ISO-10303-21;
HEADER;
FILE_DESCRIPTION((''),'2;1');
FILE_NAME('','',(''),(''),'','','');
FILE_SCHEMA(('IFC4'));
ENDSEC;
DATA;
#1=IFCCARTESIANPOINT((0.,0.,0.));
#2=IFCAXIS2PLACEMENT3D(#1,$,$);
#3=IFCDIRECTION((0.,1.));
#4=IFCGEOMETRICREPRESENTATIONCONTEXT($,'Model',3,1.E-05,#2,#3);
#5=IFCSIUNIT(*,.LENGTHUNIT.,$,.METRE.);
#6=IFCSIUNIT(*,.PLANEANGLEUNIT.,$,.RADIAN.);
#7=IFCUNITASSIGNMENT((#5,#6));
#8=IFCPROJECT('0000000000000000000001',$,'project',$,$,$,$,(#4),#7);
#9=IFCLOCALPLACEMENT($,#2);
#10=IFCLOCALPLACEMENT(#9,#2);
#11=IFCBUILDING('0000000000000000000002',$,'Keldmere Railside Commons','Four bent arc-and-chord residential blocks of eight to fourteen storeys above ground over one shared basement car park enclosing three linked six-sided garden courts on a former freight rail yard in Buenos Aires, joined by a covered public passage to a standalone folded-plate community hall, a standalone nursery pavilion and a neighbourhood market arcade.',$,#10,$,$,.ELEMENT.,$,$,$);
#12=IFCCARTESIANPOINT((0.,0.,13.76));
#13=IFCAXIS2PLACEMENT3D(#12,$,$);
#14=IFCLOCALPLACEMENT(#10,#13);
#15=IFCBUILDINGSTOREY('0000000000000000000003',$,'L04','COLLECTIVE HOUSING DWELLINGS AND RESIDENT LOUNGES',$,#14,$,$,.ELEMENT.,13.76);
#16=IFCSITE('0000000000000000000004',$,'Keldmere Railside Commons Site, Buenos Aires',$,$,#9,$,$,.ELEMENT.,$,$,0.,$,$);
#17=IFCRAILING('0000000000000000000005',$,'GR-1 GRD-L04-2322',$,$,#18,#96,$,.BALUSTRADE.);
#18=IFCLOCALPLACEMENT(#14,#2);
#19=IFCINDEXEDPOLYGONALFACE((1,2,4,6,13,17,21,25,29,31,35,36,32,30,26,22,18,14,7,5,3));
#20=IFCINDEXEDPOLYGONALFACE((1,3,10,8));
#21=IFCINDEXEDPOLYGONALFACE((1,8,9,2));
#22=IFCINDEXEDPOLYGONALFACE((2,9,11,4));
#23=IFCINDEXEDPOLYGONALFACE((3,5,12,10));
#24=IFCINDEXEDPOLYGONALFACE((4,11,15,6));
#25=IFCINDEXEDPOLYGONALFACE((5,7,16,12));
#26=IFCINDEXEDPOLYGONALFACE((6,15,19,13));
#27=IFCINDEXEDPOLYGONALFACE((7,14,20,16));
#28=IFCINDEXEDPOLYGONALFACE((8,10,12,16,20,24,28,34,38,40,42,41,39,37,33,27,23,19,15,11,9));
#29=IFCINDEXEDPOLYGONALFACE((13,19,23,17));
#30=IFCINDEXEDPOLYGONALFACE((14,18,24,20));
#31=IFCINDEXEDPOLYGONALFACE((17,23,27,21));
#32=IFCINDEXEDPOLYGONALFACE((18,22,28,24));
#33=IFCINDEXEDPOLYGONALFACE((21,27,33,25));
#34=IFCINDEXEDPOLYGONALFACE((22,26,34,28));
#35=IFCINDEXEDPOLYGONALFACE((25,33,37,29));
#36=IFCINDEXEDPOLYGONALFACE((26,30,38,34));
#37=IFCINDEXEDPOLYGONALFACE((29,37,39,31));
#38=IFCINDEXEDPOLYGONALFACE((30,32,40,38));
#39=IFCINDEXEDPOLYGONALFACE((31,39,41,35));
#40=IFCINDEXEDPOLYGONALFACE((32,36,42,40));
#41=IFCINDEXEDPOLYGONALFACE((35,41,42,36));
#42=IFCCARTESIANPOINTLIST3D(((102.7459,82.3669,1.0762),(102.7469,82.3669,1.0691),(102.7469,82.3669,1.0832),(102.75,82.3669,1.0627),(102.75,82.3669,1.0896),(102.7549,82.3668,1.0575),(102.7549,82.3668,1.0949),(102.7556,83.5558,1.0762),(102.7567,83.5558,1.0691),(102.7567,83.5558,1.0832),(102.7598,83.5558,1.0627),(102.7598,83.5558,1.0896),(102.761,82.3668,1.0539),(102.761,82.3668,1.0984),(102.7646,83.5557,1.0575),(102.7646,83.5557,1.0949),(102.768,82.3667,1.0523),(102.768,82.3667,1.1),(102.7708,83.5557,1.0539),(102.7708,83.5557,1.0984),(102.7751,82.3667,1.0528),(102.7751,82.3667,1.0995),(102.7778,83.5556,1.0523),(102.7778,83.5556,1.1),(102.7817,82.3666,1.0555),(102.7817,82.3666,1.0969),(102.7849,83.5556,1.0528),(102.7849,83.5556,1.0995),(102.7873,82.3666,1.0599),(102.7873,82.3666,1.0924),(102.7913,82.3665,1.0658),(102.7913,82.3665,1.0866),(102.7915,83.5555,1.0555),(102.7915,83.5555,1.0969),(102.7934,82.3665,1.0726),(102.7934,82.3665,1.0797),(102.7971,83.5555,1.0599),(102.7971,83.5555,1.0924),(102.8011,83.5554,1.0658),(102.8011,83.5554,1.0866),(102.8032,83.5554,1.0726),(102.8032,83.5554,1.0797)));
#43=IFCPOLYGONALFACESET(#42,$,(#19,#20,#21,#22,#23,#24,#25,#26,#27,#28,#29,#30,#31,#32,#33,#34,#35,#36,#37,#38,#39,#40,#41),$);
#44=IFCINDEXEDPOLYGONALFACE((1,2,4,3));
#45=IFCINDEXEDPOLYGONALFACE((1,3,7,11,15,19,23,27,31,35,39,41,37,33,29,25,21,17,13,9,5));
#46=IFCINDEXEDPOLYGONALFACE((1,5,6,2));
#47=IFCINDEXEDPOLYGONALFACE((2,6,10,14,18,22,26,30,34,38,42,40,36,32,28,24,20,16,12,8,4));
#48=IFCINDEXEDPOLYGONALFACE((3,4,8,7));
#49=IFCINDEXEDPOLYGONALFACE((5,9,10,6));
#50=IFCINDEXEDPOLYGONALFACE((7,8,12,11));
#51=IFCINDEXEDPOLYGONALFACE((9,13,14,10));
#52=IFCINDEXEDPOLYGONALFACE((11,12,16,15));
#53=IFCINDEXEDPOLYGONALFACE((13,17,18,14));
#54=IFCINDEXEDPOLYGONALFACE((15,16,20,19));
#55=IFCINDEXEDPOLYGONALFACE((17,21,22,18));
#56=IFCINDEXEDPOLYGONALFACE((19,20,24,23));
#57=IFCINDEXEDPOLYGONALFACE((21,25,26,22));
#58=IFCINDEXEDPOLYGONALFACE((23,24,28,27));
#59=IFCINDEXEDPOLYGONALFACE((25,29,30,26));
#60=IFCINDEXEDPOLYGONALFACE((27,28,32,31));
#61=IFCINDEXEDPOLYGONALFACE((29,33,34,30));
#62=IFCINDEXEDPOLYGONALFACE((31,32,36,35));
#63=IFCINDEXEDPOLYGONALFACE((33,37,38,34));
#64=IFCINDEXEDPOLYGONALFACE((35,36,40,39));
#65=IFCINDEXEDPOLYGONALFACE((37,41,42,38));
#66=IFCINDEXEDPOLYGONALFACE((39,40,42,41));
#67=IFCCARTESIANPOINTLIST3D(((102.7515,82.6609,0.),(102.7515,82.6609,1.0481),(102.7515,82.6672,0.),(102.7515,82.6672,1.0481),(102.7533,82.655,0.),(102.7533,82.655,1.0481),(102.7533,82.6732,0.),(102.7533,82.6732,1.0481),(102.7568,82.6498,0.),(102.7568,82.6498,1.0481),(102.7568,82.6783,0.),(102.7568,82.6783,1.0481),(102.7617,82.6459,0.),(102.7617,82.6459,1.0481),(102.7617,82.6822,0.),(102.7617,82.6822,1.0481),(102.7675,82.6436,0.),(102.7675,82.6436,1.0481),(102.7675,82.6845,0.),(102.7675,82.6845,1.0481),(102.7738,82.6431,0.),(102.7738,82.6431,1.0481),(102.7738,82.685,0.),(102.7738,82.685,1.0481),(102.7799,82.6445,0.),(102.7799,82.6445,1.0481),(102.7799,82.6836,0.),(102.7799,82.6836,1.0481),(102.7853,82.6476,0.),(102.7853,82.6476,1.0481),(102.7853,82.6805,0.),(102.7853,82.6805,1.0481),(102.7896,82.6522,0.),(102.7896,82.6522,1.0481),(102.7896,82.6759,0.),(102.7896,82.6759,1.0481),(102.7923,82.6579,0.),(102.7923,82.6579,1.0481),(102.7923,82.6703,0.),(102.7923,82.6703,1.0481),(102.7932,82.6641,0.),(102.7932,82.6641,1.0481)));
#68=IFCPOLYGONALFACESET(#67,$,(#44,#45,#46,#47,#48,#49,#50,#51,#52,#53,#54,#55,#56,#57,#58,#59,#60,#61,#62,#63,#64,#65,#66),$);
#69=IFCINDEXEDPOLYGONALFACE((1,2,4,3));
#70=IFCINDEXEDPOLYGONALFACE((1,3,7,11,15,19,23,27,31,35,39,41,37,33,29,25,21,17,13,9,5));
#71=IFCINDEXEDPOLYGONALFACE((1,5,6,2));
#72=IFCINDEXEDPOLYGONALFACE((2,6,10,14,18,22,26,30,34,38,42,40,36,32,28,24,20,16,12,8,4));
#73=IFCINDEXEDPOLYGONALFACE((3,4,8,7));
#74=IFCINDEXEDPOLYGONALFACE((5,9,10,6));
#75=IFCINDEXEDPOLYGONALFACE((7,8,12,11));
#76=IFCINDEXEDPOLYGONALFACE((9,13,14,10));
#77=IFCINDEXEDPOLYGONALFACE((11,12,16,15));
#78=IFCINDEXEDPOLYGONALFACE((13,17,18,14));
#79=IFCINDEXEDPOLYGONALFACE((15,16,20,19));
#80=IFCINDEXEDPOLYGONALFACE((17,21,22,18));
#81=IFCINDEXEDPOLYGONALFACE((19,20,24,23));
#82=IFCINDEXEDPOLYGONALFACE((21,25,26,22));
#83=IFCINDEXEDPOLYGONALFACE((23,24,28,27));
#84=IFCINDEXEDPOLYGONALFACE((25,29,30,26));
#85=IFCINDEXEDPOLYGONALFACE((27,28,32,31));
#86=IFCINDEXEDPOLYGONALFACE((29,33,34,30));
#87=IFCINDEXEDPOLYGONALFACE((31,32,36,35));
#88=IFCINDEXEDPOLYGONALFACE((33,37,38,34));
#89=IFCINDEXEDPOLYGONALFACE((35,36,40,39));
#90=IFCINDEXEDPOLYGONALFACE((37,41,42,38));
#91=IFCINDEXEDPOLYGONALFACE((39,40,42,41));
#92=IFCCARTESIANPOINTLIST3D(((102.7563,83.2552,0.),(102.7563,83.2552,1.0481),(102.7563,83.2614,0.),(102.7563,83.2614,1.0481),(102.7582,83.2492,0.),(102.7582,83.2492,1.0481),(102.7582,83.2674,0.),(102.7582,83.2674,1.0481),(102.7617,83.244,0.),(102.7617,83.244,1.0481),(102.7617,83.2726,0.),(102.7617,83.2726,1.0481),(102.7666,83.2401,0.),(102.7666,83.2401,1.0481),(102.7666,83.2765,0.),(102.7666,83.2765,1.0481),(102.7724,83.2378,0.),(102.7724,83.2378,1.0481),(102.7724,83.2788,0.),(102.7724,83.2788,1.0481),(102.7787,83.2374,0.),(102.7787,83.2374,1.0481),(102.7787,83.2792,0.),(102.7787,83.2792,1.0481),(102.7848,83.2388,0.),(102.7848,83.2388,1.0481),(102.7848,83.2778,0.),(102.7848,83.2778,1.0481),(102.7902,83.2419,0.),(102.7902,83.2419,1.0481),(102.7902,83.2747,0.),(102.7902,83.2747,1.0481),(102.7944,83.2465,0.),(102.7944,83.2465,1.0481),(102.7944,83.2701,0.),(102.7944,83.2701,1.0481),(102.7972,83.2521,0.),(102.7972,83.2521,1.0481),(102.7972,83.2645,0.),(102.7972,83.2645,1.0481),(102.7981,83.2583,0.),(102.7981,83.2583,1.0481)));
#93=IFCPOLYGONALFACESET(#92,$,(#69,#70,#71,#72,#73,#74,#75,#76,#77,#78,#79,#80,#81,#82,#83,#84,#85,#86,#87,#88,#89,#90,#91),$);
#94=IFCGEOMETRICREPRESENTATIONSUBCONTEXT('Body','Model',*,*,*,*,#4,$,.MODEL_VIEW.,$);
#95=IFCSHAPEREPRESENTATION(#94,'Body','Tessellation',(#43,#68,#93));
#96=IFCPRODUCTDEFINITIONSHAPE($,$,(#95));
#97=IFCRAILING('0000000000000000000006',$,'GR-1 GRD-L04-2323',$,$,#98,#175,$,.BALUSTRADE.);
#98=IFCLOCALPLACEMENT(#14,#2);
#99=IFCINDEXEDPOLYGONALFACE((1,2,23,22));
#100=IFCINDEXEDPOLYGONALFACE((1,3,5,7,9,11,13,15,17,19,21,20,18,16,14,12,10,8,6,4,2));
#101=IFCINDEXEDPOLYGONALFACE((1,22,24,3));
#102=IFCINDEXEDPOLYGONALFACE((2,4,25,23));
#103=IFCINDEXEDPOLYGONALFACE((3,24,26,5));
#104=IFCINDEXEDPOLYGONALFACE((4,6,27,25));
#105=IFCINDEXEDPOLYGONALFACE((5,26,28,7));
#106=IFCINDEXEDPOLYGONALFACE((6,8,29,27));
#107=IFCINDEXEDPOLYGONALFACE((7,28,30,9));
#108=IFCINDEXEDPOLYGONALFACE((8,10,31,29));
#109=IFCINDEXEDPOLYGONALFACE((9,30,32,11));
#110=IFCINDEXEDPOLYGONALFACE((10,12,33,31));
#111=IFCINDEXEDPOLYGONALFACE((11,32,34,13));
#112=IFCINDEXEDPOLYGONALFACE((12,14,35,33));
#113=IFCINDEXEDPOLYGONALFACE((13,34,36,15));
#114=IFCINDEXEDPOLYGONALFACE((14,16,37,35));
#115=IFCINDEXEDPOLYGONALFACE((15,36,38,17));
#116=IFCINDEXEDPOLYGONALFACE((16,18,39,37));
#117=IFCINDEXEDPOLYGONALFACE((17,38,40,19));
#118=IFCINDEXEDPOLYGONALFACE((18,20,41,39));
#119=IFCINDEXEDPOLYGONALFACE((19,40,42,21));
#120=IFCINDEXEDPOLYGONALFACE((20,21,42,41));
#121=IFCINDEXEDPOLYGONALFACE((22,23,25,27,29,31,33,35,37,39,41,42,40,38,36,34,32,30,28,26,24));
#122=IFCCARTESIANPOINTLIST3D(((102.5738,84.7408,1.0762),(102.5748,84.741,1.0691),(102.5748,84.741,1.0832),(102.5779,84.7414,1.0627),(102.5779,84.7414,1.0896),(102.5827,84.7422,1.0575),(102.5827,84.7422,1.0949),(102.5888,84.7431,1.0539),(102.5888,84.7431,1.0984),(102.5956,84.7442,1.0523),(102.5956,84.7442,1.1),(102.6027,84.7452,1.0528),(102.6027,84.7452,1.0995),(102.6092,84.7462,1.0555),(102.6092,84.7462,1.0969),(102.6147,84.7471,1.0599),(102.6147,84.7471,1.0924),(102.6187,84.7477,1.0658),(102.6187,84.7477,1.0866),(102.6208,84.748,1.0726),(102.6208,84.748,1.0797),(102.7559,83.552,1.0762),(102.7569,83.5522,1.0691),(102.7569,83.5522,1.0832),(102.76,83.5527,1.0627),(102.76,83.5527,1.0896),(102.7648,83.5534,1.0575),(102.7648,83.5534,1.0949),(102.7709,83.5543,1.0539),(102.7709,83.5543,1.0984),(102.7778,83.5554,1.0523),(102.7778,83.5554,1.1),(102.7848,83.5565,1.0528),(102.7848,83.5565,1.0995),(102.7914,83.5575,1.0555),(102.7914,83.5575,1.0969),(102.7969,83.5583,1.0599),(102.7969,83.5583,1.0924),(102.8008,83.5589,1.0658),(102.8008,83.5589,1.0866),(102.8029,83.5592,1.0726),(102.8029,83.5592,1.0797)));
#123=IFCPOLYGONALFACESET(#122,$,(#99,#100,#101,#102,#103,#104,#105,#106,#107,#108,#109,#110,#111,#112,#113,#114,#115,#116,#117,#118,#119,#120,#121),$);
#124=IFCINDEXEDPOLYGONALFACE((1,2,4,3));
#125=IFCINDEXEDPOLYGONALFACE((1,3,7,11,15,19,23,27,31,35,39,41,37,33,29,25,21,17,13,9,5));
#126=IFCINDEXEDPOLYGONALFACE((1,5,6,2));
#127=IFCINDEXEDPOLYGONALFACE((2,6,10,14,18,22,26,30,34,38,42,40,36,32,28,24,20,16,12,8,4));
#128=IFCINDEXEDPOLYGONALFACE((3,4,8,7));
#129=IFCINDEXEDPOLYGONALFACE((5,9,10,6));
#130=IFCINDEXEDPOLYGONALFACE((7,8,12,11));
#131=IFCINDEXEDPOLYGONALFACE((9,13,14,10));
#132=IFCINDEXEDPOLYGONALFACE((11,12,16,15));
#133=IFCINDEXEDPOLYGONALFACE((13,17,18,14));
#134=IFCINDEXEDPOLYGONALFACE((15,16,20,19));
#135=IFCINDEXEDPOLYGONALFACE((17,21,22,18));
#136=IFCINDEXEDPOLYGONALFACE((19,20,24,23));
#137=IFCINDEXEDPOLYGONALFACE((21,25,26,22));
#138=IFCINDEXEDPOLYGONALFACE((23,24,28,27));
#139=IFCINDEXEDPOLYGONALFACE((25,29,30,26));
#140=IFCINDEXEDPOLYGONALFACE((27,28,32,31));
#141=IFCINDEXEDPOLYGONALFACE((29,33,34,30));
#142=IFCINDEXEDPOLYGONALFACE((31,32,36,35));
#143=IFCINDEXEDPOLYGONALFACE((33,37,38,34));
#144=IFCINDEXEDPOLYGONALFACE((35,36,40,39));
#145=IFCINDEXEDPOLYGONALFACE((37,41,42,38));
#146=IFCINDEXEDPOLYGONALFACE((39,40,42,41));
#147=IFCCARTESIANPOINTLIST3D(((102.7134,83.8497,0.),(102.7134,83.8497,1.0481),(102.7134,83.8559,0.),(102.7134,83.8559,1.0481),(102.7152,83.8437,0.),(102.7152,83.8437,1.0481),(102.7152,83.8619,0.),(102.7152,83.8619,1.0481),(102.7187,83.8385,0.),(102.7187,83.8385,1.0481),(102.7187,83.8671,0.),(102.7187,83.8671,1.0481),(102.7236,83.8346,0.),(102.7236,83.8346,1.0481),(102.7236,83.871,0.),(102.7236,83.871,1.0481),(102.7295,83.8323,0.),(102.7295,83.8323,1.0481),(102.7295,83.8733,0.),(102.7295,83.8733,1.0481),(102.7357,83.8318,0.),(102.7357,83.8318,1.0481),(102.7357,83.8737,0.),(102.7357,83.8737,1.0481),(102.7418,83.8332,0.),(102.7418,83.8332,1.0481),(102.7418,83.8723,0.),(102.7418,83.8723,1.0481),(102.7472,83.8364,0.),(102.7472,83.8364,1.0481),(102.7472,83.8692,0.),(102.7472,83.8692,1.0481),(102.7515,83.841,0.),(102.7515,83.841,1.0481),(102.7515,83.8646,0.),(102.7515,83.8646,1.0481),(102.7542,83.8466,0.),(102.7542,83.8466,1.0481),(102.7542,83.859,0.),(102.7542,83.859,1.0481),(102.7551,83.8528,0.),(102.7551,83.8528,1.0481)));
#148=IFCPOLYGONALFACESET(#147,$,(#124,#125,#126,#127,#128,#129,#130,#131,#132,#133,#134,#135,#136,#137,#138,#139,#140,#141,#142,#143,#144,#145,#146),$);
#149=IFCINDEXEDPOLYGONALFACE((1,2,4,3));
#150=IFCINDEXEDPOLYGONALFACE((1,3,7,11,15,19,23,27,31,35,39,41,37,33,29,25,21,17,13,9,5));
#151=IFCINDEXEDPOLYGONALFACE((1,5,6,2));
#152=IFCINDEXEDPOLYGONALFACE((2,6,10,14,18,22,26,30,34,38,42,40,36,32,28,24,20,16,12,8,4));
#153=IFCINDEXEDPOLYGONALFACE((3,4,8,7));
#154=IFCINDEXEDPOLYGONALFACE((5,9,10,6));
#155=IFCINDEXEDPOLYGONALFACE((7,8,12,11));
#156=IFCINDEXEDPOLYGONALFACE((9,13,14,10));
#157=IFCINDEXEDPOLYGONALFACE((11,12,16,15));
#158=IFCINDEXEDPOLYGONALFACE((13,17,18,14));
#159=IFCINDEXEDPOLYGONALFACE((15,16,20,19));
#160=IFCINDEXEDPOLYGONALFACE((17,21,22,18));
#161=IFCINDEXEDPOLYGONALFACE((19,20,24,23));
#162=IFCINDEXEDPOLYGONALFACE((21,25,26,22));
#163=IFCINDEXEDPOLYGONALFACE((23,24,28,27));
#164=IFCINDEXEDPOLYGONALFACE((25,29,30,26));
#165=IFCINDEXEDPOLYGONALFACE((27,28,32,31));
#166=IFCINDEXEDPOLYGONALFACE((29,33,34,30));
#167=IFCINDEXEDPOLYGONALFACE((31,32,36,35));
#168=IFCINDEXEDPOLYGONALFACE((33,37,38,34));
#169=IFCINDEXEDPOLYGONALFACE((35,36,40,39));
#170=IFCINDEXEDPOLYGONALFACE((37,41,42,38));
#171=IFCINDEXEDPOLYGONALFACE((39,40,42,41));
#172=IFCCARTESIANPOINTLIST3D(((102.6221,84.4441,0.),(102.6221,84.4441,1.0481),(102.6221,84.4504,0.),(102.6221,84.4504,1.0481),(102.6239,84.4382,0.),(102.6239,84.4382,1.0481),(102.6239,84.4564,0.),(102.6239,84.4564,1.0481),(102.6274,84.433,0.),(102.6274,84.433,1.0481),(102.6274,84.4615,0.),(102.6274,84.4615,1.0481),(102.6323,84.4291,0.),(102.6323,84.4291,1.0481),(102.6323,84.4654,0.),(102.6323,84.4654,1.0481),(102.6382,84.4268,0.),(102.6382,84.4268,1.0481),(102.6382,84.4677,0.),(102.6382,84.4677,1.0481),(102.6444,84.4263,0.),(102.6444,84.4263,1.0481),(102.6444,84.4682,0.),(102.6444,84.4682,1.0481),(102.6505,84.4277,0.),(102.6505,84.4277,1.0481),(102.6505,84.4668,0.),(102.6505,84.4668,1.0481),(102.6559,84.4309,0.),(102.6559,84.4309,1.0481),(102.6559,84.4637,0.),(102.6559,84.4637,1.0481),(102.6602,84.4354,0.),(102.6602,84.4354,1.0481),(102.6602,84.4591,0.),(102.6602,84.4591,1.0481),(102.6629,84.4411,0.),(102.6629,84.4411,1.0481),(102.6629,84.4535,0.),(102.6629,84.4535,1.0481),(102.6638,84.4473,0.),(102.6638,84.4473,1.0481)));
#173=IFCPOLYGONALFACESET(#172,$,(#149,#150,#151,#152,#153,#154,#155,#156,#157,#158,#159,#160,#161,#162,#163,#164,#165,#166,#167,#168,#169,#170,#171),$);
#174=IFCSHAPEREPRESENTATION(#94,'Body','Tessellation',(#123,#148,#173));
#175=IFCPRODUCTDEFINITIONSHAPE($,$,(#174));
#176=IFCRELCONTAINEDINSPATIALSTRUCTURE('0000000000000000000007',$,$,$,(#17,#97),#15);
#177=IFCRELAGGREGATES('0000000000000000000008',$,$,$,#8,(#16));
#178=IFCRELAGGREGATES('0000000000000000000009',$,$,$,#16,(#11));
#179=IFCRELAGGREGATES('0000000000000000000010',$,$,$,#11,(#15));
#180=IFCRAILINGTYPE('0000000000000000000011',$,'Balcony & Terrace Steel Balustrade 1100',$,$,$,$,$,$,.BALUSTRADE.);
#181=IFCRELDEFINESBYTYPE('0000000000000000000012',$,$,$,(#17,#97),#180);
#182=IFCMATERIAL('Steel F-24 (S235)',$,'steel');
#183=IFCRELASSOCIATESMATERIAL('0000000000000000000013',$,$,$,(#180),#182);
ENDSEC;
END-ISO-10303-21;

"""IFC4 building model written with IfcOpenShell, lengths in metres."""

from ifc_helpers import new_model, si_unit, direction, frame, origin, origin_2d, place, context, subcontext, project, spatial, circle, extrude, material, type_object, element, save


model = new_model("IFC4")

# Units and contexts
model_context = context("Model", 3, precision=1e-05, world=origin(), true_north=direction((0.0, 1.0)))
body_context = subcontext(model_context, "Body", "Model", "MODEL_VIEW")
ifc_project = project(units=[si_unit("LENGTHUNIT", "METRE"), si_unit("PLANEANGLEUNIT", "RADIAN")], contexts=[model_context])

# Site, building, storey
site_placement = place(None, origin())
site = spatial("IfcSite", under=ifc_project, at=site_placement, Name="Keldmere Railside Commons Site, Buenos Aires", CompositionType="ELEMENT", RefElevation=0.0)
building_placement = place(site_placement, origin())
building = spatial("IfcBuilding", under=site, at=building_placement, Name="Keldmere Railside Commons", Description="Four bent arc-and-chord residential blocks of eight to fourteen storeys above ground over one shared basement car park enclosing three linked six-sided garden courts on a former freight rail yard in Buenos Aires, joined by a covered public passage to a standalone folded-plate community hall, a standalone nursery pavilion and a neighbourhood market arcade.", CompositionType="ELEMENT")
storey_placement = place(building_placement, frame((0.0, 0.0, 13.76)))
storey = spatial("IfcBuildingStorey", under=building, at=storey_placement, Name="L04", Description="COLLECTIVE HOUSING DWELLINGS AND RESIDENT LOUNGES", CompositionType="ELEMENT", Elevation=13.76)

# Shared definitions
ifc_material_1 = material(Name="Steel F-24 (S235)", Category="steel")

# Railings
railing_type = type_object("IfcRailingType", Name="Balcony & Terrace Steel Balustrade 1100", PredefinedType="BALUSTRADE", material=ifc_material_1)
railing_1_placement = place(storey_placement, frame((102.7698, 82.3667, 0.0)))
element("IfcRailing", 1, at=railing_1_placement, inside=storey, type_object=railing_type, Name="GR-1 GRD-L04-2322", PredefinedType="BALUSTRADE", context=body_context, shape_type="SweptSolid", body=[
    extrude(circle(Radius=0.0239, at=origin_2d()), frame((0.0, 0.0, 1.0762), z_axis=(0.008213, 0.999966, 0.0), x_axis=(-0.999966, 0.008213, 0.0)), (0.0, 0.0, 1.0), 1.189),
    extrude(circle(Radius=0.021, at=origin_2d()), frame((0.0024, 0.2974, 0.0)), (0.0, 0.0, 1.0), 1.0481),
    extrude(circle(Radius=0.021, at=origin_2d()), frame((0.0073, 0.8916, 0.0)), (0.0, 0.0, 1.0), 1.0481),
])
railing_2_placement = place(storey_placement, frame((102.7795, 83.5557, 0.0)))
element("IfcRailing", 2, at=railing_2_placement, inside=storey, type_object=railing_type, Name="GR-1 GRD-L04-2323", PredefinedType="BALUSTRADE", context=body_context, shape_type="SweptSolid", body=[
    extrude(circle(Radius=0.0239, at=origin_2d()), frame((0.0, 0.0, 1.0762), z_axis=(-0.151447, 0.988465, 0.0), x_axis=(-0.988465, -0.151447, 0.0)), (0.0, 0.0, 1.0), 1.2026),
    extrude(circle(Radius=0.021, at=origin_2d()), frame((-0.0454, 0.2971, 0.0)), (0.0, 0.0, 1.0), 1.0481),
    extrude(circle(Radius=0.021, at=origin_2d()), frame((-0.1367, 0.8916, 0.0)), (0.0, 0.0, 1.0), 1.0481),
])

save(model, "model.ifc")
